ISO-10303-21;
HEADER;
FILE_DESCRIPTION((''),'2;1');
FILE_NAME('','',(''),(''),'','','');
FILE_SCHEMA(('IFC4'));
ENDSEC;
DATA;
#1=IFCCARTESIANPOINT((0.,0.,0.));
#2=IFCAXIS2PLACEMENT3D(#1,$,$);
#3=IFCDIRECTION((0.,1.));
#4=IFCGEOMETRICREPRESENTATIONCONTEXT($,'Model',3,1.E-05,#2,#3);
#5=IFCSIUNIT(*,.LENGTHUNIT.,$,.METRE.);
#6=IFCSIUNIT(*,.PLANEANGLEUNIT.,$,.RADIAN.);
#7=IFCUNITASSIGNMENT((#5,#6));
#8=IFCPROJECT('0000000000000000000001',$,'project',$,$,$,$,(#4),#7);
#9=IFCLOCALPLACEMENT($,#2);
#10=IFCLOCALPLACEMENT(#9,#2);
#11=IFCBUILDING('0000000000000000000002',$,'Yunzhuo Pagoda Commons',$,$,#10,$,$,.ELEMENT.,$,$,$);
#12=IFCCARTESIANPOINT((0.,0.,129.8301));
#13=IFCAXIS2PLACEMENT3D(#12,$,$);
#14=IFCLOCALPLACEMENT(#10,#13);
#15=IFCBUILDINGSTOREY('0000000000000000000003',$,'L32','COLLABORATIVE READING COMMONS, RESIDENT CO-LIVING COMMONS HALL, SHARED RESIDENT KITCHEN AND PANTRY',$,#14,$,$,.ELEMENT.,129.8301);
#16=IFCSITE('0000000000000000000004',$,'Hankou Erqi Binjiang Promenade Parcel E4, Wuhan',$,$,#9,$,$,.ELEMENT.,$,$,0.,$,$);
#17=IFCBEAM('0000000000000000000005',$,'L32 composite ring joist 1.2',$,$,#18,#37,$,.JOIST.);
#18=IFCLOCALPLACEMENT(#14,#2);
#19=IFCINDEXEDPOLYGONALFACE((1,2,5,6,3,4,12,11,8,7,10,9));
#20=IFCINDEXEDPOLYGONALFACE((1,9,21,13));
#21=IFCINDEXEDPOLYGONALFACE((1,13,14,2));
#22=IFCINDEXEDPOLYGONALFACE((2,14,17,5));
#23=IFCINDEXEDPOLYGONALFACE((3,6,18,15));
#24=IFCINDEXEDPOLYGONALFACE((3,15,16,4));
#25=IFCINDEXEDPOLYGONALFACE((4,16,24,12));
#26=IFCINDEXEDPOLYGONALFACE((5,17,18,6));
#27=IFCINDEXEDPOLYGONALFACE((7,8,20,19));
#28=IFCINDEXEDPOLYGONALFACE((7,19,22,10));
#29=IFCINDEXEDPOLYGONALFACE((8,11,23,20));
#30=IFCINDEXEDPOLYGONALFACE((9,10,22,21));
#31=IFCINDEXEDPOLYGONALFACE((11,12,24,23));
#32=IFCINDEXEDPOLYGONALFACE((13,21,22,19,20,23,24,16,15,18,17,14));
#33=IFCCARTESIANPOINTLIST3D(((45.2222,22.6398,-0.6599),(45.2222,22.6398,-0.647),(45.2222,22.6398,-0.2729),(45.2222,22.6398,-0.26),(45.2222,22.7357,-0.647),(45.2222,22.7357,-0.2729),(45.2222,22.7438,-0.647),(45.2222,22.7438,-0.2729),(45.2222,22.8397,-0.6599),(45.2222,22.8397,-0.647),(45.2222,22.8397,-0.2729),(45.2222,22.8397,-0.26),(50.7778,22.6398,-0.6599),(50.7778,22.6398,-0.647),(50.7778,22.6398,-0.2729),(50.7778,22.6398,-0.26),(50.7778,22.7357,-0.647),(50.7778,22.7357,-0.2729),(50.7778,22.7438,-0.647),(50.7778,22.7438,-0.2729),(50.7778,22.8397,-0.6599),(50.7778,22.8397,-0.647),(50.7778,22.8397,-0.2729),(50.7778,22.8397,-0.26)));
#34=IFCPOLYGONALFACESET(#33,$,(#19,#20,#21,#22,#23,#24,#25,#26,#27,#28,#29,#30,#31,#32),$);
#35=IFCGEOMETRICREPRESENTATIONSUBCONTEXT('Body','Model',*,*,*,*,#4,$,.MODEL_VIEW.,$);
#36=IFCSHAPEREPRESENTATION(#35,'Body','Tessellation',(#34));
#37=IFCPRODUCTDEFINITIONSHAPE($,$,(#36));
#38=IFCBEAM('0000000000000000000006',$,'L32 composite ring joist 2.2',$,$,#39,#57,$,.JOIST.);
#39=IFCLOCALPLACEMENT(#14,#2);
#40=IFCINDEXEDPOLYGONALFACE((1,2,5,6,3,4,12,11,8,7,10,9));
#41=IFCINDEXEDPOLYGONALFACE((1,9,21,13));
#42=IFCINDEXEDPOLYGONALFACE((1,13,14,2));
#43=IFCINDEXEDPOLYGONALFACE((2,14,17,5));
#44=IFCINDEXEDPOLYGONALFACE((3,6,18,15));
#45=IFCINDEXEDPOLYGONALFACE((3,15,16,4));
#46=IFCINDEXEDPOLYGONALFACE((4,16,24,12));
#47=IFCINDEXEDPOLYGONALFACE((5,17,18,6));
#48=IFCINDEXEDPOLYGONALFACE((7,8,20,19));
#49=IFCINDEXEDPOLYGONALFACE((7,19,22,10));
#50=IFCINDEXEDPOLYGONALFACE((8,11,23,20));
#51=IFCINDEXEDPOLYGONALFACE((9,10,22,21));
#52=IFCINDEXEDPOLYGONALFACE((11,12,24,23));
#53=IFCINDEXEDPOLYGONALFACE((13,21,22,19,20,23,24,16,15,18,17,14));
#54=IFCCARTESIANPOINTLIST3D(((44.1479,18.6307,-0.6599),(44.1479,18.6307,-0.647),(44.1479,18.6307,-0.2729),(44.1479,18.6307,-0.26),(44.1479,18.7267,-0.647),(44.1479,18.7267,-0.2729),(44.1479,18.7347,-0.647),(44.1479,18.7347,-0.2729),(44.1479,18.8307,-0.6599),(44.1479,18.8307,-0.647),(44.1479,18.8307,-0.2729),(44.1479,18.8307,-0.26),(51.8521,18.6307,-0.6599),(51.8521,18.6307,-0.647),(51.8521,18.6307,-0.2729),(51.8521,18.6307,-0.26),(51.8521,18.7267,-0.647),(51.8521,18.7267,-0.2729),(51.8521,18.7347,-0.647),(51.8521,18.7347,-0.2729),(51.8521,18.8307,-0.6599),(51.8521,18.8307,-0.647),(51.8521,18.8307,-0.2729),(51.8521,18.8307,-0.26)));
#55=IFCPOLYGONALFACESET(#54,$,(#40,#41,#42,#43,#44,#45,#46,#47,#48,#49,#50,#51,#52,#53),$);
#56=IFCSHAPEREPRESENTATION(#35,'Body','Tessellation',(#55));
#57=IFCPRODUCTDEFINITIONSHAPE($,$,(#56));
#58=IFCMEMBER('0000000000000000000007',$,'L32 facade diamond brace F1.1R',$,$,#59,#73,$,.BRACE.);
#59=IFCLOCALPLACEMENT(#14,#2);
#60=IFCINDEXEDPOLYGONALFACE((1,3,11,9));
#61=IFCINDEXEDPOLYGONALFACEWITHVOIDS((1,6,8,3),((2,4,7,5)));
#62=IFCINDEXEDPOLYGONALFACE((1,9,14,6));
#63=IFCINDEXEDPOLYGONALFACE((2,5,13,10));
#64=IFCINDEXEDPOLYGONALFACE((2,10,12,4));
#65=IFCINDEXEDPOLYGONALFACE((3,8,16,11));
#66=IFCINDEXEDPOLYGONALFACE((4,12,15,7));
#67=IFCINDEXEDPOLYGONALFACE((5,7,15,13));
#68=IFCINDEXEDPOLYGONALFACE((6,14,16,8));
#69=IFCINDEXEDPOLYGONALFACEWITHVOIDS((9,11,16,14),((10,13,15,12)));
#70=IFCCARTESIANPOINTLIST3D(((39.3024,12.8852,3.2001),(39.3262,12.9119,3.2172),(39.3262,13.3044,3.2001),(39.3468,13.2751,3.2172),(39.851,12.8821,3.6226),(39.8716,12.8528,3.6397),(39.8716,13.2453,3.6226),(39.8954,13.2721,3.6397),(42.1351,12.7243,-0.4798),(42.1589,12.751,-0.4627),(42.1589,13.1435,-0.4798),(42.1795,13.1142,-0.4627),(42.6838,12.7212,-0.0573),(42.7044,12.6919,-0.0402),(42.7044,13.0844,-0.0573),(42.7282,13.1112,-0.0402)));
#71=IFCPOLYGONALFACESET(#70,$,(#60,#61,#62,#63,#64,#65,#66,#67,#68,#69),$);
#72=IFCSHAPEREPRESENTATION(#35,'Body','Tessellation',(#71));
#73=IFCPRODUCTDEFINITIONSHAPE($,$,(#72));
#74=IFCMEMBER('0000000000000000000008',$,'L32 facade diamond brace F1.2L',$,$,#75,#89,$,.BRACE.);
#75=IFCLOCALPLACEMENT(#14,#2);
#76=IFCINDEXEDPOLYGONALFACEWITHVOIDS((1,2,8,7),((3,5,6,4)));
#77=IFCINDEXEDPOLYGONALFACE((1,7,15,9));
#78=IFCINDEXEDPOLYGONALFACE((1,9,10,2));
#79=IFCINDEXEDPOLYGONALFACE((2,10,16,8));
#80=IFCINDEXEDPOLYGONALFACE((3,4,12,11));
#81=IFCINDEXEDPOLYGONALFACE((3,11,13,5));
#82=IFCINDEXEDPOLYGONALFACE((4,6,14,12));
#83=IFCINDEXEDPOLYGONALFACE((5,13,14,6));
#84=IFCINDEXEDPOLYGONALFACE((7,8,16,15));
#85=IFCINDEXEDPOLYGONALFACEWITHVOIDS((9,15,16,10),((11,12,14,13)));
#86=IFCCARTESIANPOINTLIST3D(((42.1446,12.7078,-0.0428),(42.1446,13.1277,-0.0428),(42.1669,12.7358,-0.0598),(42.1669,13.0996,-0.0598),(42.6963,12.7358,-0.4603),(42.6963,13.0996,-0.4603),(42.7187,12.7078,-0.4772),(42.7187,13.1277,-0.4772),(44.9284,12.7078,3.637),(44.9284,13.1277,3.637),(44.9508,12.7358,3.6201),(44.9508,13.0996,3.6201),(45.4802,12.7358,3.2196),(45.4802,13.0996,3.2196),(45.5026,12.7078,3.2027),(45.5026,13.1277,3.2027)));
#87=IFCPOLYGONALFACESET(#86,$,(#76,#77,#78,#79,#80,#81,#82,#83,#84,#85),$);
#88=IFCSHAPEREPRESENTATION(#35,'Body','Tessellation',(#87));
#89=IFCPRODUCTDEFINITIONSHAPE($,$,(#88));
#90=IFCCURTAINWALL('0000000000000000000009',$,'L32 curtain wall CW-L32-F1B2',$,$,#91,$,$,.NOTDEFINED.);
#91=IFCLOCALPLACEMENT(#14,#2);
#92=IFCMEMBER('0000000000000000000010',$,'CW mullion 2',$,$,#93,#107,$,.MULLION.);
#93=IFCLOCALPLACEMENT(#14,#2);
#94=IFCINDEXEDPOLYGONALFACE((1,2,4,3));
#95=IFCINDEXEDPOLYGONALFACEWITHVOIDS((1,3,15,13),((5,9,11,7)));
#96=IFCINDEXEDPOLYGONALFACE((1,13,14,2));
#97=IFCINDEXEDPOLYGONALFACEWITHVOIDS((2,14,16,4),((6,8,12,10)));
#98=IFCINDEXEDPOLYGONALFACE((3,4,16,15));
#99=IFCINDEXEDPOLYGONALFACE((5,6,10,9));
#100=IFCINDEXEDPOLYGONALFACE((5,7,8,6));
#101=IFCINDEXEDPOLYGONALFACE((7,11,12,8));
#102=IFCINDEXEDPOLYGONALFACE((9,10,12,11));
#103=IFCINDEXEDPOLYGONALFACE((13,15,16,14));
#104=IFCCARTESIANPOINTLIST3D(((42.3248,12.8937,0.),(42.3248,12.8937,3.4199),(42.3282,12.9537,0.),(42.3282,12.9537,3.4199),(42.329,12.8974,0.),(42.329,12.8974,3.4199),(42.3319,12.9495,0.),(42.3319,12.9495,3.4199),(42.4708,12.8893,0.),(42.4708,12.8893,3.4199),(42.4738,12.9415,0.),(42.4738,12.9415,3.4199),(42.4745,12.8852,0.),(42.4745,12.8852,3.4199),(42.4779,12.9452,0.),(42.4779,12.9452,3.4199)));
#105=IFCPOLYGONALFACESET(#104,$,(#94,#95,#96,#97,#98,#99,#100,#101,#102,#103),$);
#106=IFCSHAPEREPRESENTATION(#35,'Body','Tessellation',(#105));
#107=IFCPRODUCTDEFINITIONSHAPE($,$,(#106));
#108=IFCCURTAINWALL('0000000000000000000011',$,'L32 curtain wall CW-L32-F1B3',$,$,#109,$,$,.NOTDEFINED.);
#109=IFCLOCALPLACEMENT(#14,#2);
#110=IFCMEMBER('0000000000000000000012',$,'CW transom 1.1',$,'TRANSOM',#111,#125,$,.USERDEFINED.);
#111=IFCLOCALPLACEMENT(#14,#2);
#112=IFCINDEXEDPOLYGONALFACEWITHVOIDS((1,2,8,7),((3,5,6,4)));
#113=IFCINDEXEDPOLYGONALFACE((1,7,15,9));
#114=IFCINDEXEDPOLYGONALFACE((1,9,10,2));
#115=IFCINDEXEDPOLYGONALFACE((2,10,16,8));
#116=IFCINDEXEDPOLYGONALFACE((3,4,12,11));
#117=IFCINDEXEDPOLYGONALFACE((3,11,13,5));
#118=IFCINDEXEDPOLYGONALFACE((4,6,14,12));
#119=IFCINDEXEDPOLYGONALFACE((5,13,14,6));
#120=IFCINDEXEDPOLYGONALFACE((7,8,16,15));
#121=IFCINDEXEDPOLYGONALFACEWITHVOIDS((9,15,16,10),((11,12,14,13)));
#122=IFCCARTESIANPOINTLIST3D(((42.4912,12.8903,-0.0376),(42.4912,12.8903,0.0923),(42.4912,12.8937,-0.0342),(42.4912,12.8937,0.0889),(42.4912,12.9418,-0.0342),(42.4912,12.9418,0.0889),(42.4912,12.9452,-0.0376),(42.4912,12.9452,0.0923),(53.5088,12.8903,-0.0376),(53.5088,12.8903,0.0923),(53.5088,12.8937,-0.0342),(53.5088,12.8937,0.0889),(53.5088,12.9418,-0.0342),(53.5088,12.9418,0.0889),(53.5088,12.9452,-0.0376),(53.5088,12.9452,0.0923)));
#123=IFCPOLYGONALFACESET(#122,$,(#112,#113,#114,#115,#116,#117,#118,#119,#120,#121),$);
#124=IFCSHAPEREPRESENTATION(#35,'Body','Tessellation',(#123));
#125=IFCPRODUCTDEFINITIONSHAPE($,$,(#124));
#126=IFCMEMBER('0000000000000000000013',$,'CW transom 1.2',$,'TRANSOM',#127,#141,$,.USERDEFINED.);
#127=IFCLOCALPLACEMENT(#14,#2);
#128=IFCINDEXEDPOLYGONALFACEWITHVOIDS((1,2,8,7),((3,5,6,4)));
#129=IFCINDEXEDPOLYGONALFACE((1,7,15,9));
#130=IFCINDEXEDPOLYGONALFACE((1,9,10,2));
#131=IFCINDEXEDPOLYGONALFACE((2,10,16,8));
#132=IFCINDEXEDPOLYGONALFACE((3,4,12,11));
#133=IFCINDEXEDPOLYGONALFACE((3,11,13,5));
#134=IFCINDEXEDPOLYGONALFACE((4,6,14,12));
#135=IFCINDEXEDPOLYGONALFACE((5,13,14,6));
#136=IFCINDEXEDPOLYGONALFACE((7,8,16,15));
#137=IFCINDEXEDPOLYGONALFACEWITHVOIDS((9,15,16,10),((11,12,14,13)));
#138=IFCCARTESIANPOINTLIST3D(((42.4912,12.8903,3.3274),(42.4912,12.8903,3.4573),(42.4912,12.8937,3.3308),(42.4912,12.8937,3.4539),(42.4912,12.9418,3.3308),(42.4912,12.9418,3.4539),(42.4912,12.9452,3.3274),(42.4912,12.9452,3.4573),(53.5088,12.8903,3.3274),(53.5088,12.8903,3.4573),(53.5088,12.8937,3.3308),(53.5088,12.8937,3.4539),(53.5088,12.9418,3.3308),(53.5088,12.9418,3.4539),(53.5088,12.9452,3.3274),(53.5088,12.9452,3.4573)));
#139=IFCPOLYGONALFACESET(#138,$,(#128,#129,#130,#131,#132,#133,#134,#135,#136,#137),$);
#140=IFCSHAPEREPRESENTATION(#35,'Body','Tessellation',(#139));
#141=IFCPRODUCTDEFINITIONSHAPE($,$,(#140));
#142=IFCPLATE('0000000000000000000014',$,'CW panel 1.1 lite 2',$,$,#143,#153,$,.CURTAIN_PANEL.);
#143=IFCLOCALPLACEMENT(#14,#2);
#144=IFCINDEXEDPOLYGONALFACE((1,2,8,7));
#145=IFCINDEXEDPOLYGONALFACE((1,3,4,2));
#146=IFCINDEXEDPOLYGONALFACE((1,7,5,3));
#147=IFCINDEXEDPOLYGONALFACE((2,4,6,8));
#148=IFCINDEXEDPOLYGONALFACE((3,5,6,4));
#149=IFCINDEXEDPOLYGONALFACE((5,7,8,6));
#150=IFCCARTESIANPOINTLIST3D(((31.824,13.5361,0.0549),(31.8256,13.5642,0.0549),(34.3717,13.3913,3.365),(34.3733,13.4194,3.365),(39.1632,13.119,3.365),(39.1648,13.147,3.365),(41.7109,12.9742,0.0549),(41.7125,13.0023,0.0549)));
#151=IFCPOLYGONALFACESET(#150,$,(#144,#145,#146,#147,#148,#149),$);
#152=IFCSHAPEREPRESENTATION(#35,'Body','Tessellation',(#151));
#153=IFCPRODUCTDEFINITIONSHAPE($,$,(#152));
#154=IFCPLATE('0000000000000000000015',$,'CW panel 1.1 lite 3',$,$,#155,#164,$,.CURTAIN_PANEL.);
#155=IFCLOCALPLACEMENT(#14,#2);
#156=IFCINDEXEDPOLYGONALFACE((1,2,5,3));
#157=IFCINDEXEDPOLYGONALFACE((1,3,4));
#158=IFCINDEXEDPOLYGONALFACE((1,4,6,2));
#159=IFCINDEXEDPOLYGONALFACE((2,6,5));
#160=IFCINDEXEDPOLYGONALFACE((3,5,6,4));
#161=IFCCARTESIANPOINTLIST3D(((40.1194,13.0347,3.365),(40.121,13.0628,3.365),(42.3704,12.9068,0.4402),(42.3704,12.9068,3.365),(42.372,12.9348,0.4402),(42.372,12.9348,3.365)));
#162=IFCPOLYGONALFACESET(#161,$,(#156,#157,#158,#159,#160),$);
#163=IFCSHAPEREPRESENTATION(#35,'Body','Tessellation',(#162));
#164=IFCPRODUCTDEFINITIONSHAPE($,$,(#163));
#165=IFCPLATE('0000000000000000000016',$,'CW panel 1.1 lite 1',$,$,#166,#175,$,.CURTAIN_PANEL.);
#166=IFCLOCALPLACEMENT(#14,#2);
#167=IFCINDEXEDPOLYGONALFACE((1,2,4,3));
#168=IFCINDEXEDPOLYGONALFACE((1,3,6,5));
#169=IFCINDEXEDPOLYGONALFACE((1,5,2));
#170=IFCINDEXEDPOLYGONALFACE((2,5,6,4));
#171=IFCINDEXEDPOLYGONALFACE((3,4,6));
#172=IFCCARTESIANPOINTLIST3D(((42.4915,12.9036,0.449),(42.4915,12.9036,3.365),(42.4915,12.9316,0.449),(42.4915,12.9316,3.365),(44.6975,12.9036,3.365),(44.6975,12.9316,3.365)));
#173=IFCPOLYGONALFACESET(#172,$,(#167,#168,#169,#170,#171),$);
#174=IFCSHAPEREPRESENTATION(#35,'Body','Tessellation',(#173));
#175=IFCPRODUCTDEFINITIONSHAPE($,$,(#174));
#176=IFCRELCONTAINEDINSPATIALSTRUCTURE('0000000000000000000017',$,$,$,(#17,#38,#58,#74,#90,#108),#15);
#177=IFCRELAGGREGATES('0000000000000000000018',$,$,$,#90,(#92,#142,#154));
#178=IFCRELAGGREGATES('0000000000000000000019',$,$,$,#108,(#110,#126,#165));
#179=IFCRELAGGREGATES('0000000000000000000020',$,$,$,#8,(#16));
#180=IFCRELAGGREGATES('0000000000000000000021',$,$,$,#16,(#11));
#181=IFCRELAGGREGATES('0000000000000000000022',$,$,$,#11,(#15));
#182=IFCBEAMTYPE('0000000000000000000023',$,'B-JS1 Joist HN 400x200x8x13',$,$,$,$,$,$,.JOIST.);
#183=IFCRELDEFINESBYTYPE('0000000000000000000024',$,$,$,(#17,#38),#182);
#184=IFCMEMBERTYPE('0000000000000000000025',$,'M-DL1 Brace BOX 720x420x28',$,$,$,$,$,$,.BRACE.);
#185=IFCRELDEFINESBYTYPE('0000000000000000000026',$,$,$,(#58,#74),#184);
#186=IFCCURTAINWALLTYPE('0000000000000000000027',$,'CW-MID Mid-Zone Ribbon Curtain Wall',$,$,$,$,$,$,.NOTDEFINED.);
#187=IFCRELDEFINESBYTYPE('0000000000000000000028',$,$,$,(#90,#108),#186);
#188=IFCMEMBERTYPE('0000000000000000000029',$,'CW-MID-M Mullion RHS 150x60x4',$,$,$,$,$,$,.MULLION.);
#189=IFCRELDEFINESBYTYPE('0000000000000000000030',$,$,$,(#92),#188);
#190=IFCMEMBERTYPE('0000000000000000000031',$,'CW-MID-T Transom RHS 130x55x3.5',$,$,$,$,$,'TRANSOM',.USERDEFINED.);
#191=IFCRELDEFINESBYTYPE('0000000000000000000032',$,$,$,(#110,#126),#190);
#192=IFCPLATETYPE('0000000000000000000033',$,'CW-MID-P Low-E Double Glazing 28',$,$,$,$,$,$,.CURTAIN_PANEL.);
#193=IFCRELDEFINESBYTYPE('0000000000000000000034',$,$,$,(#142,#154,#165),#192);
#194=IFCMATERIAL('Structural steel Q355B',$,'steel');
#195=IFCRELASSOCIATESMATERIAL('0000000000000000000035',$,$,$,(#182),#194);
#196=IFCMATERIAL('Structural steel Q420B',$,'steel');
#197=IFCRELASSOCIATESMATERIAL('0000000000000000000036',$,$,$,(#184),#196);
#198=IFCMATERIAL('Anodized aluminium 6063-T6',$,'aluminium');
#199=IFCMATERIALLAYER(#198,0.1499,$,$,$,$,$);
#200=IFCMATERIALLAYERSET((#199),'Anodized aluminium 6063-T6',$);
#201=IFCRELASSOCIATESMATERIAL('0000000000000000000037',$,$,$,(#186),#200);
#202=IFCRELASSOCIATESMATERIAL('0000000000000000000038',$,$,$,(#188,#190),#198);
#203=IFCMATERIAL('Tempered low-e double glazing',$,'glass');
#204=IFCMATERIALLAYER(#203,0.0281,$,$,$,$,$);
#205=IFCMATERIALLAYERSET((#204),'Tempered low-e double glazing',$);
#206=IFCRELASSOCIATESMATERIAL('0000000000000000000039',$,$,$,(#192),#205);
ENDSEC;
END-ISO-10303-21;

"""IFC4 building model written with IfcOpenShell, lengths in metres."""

from ifc_helpers import new_model, si_unit, direction, frame, origin, origin_2d, place, context, subcontext, project, spatial, polyline, hollow_rectangle, i_section, outline, extrude, source, transform, mapped, material, layer, layer_set, material_profile, profile_set, type_object, element, aggregate, save


model = new_model("IFC4")

# Units and contexts
model_context = context("Model", 3, precision=1e-05, world=origin(), true_north=direction((0.0, 1.0)))
body_context = subcontext(model_context, "Body", "Model", "MODEL_VIEW")
ifc_project = project(units=[si_unit("LENGTHUNIT", "METRE"), si_unit("PLANEANGLEUNIT", "RADIAN")], contexts=[model_context])

# Site, building, storey
site_placement = place(None, origin())
site = spatial("IfcSite", under=ifc_project, at=site_placement, Name="Hankou Erqi Binjiang Promenade Parcel E4, Wuhan", CompositionType="ELEMENT", RefElevation=0.0)
building_placement = place(site_placement, origin())
building = spatial("IfcBuilding", under=site, at=building_placement, Name="Yunzhuo Pagoda Commons", CompositionType="ELEMENT")
storey_placement = place(building_placement, frame((0.0, 0.0, 129.8301)))
storey = spatial("IfcBuildingStorey", under=building, at=storey_placement, Name="L32", Description="COLLABORATIVE READING COMMONS, RESIDENT CO-LIVING COMMONS HALL, SHARED RESIDENT KITCHEN AND PANTRY", CompositionType="ELEMENT", Elevation=129.8301)

# Shared definitions
ifc_material_1 = material(Name="Structural steel Q420B", Category="steel")

# Beams
ifc_material_2 = material(Name="Structural steel Q355B", Category="steel")
ifc_material_profile_1 = material_profile(ifc_material_2, i_section(OverallWidth=0.2, OverallDepth=0.3999, WebThickness=0.0081, FlangeThickness=0.0129, at=origin_2d()), Name="Structural steel Q355B")
ifc_profile_set_1 = profile_set([ifc_material_profile_1], Name="Structural steel Q355B")
beam_type_1 = type_object("IfcBeamType", Name="B-JS1 Joist HN 400x200x8x13", PredefinedType="JOIST", material=ifc_profile_set_1)
shared_shape_1 = source(origin(), body_context, "Body", "SweptSolid", [
    extrude(i_section(OverallWidth=0.2, OverallDepth=0.3999, WebThickness=0.0081, FlangeThickness=0.0129, at=origin_2d()), origin(), (0.0, 0.0, 1.0), 5.5557),
])
beam_1_placement = place(storey_placement, frame((45.2222, 22.7397, -0.46), z_axis=(1.0, 0.0, 0.0), x_axis=(0.0, 1.0, 0.0)))
element("IfcBeam", 1, at=beam_1_placement, inside=storey, type_object=beam_type_1, Name="L32 composite ring joist 1.2", PredefinedType="JOIST", context=body_context, shape_type="MappedRepresentation", body=[
    mapped(shared_shape_1, transform((0.0, 0.0, 0.0), scale=1.0)),
])
shared_shape_2 = source(origin(), body_context, "Body", "SweptSolid", [
    extrude(i_section(OverallWidth=0.2, OverallDepth=0.3999, WebThickness=0.0081, FlangeThickness=0.0129, at=origin_2d()), origin(), (0.0, 0.0, 1.0), 7.7041),
])
beam_2_placement = place(storey_placement, frame((44.1479, 18.7307, -0.46), z_axis=(1.0, 0.0, 0.0), x_axis=(0.0, 1.0, 0.0)))
element("IfcBeam", 2, at=beam_2_placement, inside=storey, type_object=beam_type_1, Name="L32 composite ring joist 2.2", PredefinedType="JOIST", context=body_context, shape_type="MappedRepresentation", body=[
    mapped(shared_shape_2, transform((0.0, 0.0, 0.0), scale=1.0)),
])

# Members
ifc_material_profile_2 = material_profile(ifc_material_1, hollow_rectangle(XDim=0.4199, YDim=0.72, WallThickness=0.0281, at=origin_2d()), Name="Structural steel Q420B")
ifc_profile_set_2 = profile_set([ifc_material_profile_2], Name="Structural steel Q420B")
member_type_1 = type_object("IfcMemberType", Name="M-DL1 Brace BOX 720x420x28", PredefinedType="BRACE", material=ifc_profile_set_2)
shared_shape_3 = source(origin(), body_context, "Body", "SweptSolid", [
    extrude(hollow_rectangle(XDim=0.4199, YDim=0.72, WallThickness=0.0281, at=origin_2d()), origin(), (0.0, 0.0, 1.0), 4.6467),
])
member_1_placement = place(storey_placement, frame((42.4316, 12.9177, -0.26), z_axis=(-0.609622, 0.034624, 0.791936), x_axis=(-0.056704, -0.998391, 0.0)))
element("IfcMember", 3, at=member_1_placement, inside=storey, type_object=member_type_1, Name="L32 facade diamond brace F1.1R", PredefinedType="BRACE", context=body_context, shape_type="MappedRepresentation", body=[
    mapped(shared_shape_3, transform((0.0, 0.0, 0.0), scale=1.0)),
])
shared_shape_4 = source(origin(), body_context, "Body", "SweptSolid", [
    extrude(hollow_rectangle(XDim=0.4199, YDim=0.72, WallThickness=0.0281, at=origin_2d()), origin(), (0.0, 0.0, 1.0), 4.6143),
])
member_2_placement = place(storey_placement, frame((42.4316, 12.9177, -0.26), z_axis=(0.603322, 0.0, 0.797498), x_axis=(0.0, 1.0, 0.0)))
element("IfcMember", 4, at=member_2_placement, inside=storey, type_object=member_type_1, Name="L32 facade diamond brace F1.2L", PredefinedType="BRACE", context=body_context, shape_type="MappedRepresentation", body=[
    mapped(shared_shape_4, transform((0.0, 0.0, 0.0), scale=1.0)),
])

# Curtain wall, member
ifc_material_3 = material(Name="Anodized aluminium 6063-T6", Category="aluminium")
ifc_layer_1 = layer(ifc_material_3, 0.1499)
ifc_layer_set_1 = layer_set([ifc_layer_1], Name="Anodized aluminium 6063-T6")
curtain_wall_type = type_object("IfcCurtainWallType", Name="CW-MID Mid-Zone Ribbon Curtain Wall", PredefinedType="NOTDEFINED", material=ifc_layer_set_1)
curtain_wall_1_placement = place(storey_placement, origin())
curtain_wall_1 = element("IfcCurtainWall", 5, at=curtain_wall_1_placement, inside=storey, type_object=curtain_wall_type, Name="L32 curtain wall CW-L32-F1B2", PredefinedType="NOTDEFINED")
ifc_material_profile_3 = material_profile(ifc_material_3, hollow_rectangle(XDim=0.0601, YDim=0.1499, WallThickness=0.0039, at=origin_2d()), Name="Anodized aluminium 6063-T6")
ifc_profile_set_3 = profile_set([ifc_material_profile_3], Name="Anodized aluminium 6063-T6")
member_type_2 = type_object("IfcMemberType", Name="CW-MID-M Mullion RHS 150x60x4", PredefinedType="MULLION", material=ifc_profile_set_3)
shared_shape_5 = source(origin(), body_context, "Body", "SweptSolid", [
    extrude(hollow_rectangle(XDim=0.0601, YDim=0.1499, WallThickness=0.0039, at=origin_2d()), origin(), (0.0, 0.0, 1.0), 3.4199),
])
member_3_placement = place(storey_placement, frame((42.4014, 12.9194, 0.0), z_axis=(0.0, 0.0, 1.0), x_axis=(0.056742, 0.998389, 0.0)))
member_3 = element("IfcMember", 6, at=member_3_placement, type_object=member_type_2, Name="CW mullion 2", PredefinedType="MULLION", context=body_context, shape_type="MappedRepresentation", body=[
    mapped(shared_shape_5, transform((0.0, 0.0, 0.0), scale=1.0)),
])

# Curtain wall, members
curtain_wall_2_placement = place(storey_placement, origin())
curtain_wall_2 = element("IfcCurtainWall", 7, at=curtain_wall_2_placement, inside=storey, type_object=curtain_wall_type, Name="L32 curtain wall CW-L32-F1B3", PredefinedType="NOTDEFINED")
ifc_material_profile_4 = material_profile(ifc_material_3, hollow_rectangle(XDim=0.0549, YDim=0.1299, WallThickness=0.0034, at=origin_2d()), Name="Anodized aluminium 6063-T6")
ifc_profile_set_4 = profile_set([ifc_material_profile_4], Name="Anodized aluminium 6063-T6")
member_type_3 = type_object("IfcMemberType", Name="CW-MID-T Transom RHS 130x55x3.5", ElementType="TRANSOM", PredefinedType="USERDEFINED", material=ifc_profile_set_4)
shared_shape_6 = source(origin(), body_context, "Body", "SweptSolid", [
    extrude(hollow_rectangle(XDim=0.0549, YDim=0.1299, WallThickness=0.0034, at=origin_2d()), origin(), (0.0, 0.0, 1.0), 11.0176),
])
member_4_placement = place(storey_placement, frame((42.4912, 12.9177, 0.0273), z_axis=(1.0, 0.0, 0.0), x_axis=(0.0, 1.0, 0.0)))
member_4 = element("IfcMember", 8, at=member_4_placement, type_object=member_type_3, Name="CW transom 1.1", ObjectType="TRANSOM", PredefinedType="USERDEFINED", context=body_context, shape_type="MappedRepresentation", body=[
    mapped(shared_shape_6, transform((0.0, 0.0, 0.0), scale=1.0)),
])
member_5_placement = place(storey_placement, frame((42.4912, 12.9177, 3.3923), z_axis=(1.0, 0.0, 0.0), x_axis=(0.0, 1.0, 0.0)))
member_5 = element("IfcMember", 9, at=member_5_placement, type_object=member_type_3, Name="CW transom 1.2", ObjectType="TRANSOM", PredefinedType="USERDEFINED", context=body_context, shape_type="MappedRepresentation", body=[
    mapped(shared_shape_6, transform((0.0, 0.0, 0.0), scale=1.0)),
])

# Plates
ifc_material_4 = material(Name="Tempered low-e double glazing", Category="glass")
ifc_layer_2 = layer(ifc_material_4, 0.0281)
ifc_layer_set_2 = layer_set([ifc_layer_2], Name="Tempered low-e double glazing")
plate_type_1 = type_object("IfcPlateType", Name="CW-MID-P Low-E Double Glazing 28", PredefinedType="CURTAIN_PANEL", material=ifc_layer_set_2)
plate_1_placement = place(storey_placement, frame((36.769, 13.2832, 1.71), z_axis=(-0.056742, -0.998389, 0.0), x_axis=(0.998389, -0.056742, 0.0)))
plate_1 = element("IfcPlate", 10, at=plate_1_placement, type_object=plate_type_1, Name="CW panel 1.1 lite 2", PredefinedType="CURTAIN_PANEL", context=body_context, shape_type="SweptSolid", body=[
    extrude(outline(polyline([(-4.9514, -1.655), (4.9514, -1.655), (2.3997, 1.655), (-2.3997, 1.655), (-4.9514, -1.655)])), origin(), (0.0, 0.0, 1.0), 0.0281),
])
plate_2_placement = place(storey_placement, frame((41.2466, 12.9988, 1.9026), z_axis=(-0.056742, -0.998389, 0.0), x_axis=(0.998389, -0.056742, 0.0)))
plate_2 = element("IfcPlate", 11, at=plate_2_placement, type_object=plate_type_1, Name="CW panel 1.1 lite 3", PredefinedType="CURTAIN_PANEL", context=body_context, shape_type="SweptSolid", body=[
    extrude(outline(polyline([(-1.1274, 1.4624), (1.1272, -1.4624), (1.1272, 1.4624), (-1.1274, 1.4624)])), origin(), (0.0, 0.0, 1.0), 0.0281),
])
aggregate(curtain_wall_1, [member_3, plate_1, plate_2])
plate_3_placement = place(storey_placement, frame((43.5945, 12.9316, 1.907), z_axis=(0.0, -1.0, 0.0), x_axis=(1.0, 0.0, 0.0)))
plate_3 = element("IfcPlate", 12, at=plate_3_placement, type_object=plate_type_1, Name="CW panel 1.1 lite 1", PredefinedType="CURTAIN_PANEL", context=body_context, shape_type="SweptSolid", body=[
    extrude(outline(polyline([(-1.103, -1.458), (1.103, 1.458), (-1.103, 1.458), (-1.103, -1.458)])), origin(), (0.0, 0.0, 1.0), 0.0281),
])
aggregate(curtain_wall_2, [member_4, member_5, plate_3])

save(model, "model.ifc")
